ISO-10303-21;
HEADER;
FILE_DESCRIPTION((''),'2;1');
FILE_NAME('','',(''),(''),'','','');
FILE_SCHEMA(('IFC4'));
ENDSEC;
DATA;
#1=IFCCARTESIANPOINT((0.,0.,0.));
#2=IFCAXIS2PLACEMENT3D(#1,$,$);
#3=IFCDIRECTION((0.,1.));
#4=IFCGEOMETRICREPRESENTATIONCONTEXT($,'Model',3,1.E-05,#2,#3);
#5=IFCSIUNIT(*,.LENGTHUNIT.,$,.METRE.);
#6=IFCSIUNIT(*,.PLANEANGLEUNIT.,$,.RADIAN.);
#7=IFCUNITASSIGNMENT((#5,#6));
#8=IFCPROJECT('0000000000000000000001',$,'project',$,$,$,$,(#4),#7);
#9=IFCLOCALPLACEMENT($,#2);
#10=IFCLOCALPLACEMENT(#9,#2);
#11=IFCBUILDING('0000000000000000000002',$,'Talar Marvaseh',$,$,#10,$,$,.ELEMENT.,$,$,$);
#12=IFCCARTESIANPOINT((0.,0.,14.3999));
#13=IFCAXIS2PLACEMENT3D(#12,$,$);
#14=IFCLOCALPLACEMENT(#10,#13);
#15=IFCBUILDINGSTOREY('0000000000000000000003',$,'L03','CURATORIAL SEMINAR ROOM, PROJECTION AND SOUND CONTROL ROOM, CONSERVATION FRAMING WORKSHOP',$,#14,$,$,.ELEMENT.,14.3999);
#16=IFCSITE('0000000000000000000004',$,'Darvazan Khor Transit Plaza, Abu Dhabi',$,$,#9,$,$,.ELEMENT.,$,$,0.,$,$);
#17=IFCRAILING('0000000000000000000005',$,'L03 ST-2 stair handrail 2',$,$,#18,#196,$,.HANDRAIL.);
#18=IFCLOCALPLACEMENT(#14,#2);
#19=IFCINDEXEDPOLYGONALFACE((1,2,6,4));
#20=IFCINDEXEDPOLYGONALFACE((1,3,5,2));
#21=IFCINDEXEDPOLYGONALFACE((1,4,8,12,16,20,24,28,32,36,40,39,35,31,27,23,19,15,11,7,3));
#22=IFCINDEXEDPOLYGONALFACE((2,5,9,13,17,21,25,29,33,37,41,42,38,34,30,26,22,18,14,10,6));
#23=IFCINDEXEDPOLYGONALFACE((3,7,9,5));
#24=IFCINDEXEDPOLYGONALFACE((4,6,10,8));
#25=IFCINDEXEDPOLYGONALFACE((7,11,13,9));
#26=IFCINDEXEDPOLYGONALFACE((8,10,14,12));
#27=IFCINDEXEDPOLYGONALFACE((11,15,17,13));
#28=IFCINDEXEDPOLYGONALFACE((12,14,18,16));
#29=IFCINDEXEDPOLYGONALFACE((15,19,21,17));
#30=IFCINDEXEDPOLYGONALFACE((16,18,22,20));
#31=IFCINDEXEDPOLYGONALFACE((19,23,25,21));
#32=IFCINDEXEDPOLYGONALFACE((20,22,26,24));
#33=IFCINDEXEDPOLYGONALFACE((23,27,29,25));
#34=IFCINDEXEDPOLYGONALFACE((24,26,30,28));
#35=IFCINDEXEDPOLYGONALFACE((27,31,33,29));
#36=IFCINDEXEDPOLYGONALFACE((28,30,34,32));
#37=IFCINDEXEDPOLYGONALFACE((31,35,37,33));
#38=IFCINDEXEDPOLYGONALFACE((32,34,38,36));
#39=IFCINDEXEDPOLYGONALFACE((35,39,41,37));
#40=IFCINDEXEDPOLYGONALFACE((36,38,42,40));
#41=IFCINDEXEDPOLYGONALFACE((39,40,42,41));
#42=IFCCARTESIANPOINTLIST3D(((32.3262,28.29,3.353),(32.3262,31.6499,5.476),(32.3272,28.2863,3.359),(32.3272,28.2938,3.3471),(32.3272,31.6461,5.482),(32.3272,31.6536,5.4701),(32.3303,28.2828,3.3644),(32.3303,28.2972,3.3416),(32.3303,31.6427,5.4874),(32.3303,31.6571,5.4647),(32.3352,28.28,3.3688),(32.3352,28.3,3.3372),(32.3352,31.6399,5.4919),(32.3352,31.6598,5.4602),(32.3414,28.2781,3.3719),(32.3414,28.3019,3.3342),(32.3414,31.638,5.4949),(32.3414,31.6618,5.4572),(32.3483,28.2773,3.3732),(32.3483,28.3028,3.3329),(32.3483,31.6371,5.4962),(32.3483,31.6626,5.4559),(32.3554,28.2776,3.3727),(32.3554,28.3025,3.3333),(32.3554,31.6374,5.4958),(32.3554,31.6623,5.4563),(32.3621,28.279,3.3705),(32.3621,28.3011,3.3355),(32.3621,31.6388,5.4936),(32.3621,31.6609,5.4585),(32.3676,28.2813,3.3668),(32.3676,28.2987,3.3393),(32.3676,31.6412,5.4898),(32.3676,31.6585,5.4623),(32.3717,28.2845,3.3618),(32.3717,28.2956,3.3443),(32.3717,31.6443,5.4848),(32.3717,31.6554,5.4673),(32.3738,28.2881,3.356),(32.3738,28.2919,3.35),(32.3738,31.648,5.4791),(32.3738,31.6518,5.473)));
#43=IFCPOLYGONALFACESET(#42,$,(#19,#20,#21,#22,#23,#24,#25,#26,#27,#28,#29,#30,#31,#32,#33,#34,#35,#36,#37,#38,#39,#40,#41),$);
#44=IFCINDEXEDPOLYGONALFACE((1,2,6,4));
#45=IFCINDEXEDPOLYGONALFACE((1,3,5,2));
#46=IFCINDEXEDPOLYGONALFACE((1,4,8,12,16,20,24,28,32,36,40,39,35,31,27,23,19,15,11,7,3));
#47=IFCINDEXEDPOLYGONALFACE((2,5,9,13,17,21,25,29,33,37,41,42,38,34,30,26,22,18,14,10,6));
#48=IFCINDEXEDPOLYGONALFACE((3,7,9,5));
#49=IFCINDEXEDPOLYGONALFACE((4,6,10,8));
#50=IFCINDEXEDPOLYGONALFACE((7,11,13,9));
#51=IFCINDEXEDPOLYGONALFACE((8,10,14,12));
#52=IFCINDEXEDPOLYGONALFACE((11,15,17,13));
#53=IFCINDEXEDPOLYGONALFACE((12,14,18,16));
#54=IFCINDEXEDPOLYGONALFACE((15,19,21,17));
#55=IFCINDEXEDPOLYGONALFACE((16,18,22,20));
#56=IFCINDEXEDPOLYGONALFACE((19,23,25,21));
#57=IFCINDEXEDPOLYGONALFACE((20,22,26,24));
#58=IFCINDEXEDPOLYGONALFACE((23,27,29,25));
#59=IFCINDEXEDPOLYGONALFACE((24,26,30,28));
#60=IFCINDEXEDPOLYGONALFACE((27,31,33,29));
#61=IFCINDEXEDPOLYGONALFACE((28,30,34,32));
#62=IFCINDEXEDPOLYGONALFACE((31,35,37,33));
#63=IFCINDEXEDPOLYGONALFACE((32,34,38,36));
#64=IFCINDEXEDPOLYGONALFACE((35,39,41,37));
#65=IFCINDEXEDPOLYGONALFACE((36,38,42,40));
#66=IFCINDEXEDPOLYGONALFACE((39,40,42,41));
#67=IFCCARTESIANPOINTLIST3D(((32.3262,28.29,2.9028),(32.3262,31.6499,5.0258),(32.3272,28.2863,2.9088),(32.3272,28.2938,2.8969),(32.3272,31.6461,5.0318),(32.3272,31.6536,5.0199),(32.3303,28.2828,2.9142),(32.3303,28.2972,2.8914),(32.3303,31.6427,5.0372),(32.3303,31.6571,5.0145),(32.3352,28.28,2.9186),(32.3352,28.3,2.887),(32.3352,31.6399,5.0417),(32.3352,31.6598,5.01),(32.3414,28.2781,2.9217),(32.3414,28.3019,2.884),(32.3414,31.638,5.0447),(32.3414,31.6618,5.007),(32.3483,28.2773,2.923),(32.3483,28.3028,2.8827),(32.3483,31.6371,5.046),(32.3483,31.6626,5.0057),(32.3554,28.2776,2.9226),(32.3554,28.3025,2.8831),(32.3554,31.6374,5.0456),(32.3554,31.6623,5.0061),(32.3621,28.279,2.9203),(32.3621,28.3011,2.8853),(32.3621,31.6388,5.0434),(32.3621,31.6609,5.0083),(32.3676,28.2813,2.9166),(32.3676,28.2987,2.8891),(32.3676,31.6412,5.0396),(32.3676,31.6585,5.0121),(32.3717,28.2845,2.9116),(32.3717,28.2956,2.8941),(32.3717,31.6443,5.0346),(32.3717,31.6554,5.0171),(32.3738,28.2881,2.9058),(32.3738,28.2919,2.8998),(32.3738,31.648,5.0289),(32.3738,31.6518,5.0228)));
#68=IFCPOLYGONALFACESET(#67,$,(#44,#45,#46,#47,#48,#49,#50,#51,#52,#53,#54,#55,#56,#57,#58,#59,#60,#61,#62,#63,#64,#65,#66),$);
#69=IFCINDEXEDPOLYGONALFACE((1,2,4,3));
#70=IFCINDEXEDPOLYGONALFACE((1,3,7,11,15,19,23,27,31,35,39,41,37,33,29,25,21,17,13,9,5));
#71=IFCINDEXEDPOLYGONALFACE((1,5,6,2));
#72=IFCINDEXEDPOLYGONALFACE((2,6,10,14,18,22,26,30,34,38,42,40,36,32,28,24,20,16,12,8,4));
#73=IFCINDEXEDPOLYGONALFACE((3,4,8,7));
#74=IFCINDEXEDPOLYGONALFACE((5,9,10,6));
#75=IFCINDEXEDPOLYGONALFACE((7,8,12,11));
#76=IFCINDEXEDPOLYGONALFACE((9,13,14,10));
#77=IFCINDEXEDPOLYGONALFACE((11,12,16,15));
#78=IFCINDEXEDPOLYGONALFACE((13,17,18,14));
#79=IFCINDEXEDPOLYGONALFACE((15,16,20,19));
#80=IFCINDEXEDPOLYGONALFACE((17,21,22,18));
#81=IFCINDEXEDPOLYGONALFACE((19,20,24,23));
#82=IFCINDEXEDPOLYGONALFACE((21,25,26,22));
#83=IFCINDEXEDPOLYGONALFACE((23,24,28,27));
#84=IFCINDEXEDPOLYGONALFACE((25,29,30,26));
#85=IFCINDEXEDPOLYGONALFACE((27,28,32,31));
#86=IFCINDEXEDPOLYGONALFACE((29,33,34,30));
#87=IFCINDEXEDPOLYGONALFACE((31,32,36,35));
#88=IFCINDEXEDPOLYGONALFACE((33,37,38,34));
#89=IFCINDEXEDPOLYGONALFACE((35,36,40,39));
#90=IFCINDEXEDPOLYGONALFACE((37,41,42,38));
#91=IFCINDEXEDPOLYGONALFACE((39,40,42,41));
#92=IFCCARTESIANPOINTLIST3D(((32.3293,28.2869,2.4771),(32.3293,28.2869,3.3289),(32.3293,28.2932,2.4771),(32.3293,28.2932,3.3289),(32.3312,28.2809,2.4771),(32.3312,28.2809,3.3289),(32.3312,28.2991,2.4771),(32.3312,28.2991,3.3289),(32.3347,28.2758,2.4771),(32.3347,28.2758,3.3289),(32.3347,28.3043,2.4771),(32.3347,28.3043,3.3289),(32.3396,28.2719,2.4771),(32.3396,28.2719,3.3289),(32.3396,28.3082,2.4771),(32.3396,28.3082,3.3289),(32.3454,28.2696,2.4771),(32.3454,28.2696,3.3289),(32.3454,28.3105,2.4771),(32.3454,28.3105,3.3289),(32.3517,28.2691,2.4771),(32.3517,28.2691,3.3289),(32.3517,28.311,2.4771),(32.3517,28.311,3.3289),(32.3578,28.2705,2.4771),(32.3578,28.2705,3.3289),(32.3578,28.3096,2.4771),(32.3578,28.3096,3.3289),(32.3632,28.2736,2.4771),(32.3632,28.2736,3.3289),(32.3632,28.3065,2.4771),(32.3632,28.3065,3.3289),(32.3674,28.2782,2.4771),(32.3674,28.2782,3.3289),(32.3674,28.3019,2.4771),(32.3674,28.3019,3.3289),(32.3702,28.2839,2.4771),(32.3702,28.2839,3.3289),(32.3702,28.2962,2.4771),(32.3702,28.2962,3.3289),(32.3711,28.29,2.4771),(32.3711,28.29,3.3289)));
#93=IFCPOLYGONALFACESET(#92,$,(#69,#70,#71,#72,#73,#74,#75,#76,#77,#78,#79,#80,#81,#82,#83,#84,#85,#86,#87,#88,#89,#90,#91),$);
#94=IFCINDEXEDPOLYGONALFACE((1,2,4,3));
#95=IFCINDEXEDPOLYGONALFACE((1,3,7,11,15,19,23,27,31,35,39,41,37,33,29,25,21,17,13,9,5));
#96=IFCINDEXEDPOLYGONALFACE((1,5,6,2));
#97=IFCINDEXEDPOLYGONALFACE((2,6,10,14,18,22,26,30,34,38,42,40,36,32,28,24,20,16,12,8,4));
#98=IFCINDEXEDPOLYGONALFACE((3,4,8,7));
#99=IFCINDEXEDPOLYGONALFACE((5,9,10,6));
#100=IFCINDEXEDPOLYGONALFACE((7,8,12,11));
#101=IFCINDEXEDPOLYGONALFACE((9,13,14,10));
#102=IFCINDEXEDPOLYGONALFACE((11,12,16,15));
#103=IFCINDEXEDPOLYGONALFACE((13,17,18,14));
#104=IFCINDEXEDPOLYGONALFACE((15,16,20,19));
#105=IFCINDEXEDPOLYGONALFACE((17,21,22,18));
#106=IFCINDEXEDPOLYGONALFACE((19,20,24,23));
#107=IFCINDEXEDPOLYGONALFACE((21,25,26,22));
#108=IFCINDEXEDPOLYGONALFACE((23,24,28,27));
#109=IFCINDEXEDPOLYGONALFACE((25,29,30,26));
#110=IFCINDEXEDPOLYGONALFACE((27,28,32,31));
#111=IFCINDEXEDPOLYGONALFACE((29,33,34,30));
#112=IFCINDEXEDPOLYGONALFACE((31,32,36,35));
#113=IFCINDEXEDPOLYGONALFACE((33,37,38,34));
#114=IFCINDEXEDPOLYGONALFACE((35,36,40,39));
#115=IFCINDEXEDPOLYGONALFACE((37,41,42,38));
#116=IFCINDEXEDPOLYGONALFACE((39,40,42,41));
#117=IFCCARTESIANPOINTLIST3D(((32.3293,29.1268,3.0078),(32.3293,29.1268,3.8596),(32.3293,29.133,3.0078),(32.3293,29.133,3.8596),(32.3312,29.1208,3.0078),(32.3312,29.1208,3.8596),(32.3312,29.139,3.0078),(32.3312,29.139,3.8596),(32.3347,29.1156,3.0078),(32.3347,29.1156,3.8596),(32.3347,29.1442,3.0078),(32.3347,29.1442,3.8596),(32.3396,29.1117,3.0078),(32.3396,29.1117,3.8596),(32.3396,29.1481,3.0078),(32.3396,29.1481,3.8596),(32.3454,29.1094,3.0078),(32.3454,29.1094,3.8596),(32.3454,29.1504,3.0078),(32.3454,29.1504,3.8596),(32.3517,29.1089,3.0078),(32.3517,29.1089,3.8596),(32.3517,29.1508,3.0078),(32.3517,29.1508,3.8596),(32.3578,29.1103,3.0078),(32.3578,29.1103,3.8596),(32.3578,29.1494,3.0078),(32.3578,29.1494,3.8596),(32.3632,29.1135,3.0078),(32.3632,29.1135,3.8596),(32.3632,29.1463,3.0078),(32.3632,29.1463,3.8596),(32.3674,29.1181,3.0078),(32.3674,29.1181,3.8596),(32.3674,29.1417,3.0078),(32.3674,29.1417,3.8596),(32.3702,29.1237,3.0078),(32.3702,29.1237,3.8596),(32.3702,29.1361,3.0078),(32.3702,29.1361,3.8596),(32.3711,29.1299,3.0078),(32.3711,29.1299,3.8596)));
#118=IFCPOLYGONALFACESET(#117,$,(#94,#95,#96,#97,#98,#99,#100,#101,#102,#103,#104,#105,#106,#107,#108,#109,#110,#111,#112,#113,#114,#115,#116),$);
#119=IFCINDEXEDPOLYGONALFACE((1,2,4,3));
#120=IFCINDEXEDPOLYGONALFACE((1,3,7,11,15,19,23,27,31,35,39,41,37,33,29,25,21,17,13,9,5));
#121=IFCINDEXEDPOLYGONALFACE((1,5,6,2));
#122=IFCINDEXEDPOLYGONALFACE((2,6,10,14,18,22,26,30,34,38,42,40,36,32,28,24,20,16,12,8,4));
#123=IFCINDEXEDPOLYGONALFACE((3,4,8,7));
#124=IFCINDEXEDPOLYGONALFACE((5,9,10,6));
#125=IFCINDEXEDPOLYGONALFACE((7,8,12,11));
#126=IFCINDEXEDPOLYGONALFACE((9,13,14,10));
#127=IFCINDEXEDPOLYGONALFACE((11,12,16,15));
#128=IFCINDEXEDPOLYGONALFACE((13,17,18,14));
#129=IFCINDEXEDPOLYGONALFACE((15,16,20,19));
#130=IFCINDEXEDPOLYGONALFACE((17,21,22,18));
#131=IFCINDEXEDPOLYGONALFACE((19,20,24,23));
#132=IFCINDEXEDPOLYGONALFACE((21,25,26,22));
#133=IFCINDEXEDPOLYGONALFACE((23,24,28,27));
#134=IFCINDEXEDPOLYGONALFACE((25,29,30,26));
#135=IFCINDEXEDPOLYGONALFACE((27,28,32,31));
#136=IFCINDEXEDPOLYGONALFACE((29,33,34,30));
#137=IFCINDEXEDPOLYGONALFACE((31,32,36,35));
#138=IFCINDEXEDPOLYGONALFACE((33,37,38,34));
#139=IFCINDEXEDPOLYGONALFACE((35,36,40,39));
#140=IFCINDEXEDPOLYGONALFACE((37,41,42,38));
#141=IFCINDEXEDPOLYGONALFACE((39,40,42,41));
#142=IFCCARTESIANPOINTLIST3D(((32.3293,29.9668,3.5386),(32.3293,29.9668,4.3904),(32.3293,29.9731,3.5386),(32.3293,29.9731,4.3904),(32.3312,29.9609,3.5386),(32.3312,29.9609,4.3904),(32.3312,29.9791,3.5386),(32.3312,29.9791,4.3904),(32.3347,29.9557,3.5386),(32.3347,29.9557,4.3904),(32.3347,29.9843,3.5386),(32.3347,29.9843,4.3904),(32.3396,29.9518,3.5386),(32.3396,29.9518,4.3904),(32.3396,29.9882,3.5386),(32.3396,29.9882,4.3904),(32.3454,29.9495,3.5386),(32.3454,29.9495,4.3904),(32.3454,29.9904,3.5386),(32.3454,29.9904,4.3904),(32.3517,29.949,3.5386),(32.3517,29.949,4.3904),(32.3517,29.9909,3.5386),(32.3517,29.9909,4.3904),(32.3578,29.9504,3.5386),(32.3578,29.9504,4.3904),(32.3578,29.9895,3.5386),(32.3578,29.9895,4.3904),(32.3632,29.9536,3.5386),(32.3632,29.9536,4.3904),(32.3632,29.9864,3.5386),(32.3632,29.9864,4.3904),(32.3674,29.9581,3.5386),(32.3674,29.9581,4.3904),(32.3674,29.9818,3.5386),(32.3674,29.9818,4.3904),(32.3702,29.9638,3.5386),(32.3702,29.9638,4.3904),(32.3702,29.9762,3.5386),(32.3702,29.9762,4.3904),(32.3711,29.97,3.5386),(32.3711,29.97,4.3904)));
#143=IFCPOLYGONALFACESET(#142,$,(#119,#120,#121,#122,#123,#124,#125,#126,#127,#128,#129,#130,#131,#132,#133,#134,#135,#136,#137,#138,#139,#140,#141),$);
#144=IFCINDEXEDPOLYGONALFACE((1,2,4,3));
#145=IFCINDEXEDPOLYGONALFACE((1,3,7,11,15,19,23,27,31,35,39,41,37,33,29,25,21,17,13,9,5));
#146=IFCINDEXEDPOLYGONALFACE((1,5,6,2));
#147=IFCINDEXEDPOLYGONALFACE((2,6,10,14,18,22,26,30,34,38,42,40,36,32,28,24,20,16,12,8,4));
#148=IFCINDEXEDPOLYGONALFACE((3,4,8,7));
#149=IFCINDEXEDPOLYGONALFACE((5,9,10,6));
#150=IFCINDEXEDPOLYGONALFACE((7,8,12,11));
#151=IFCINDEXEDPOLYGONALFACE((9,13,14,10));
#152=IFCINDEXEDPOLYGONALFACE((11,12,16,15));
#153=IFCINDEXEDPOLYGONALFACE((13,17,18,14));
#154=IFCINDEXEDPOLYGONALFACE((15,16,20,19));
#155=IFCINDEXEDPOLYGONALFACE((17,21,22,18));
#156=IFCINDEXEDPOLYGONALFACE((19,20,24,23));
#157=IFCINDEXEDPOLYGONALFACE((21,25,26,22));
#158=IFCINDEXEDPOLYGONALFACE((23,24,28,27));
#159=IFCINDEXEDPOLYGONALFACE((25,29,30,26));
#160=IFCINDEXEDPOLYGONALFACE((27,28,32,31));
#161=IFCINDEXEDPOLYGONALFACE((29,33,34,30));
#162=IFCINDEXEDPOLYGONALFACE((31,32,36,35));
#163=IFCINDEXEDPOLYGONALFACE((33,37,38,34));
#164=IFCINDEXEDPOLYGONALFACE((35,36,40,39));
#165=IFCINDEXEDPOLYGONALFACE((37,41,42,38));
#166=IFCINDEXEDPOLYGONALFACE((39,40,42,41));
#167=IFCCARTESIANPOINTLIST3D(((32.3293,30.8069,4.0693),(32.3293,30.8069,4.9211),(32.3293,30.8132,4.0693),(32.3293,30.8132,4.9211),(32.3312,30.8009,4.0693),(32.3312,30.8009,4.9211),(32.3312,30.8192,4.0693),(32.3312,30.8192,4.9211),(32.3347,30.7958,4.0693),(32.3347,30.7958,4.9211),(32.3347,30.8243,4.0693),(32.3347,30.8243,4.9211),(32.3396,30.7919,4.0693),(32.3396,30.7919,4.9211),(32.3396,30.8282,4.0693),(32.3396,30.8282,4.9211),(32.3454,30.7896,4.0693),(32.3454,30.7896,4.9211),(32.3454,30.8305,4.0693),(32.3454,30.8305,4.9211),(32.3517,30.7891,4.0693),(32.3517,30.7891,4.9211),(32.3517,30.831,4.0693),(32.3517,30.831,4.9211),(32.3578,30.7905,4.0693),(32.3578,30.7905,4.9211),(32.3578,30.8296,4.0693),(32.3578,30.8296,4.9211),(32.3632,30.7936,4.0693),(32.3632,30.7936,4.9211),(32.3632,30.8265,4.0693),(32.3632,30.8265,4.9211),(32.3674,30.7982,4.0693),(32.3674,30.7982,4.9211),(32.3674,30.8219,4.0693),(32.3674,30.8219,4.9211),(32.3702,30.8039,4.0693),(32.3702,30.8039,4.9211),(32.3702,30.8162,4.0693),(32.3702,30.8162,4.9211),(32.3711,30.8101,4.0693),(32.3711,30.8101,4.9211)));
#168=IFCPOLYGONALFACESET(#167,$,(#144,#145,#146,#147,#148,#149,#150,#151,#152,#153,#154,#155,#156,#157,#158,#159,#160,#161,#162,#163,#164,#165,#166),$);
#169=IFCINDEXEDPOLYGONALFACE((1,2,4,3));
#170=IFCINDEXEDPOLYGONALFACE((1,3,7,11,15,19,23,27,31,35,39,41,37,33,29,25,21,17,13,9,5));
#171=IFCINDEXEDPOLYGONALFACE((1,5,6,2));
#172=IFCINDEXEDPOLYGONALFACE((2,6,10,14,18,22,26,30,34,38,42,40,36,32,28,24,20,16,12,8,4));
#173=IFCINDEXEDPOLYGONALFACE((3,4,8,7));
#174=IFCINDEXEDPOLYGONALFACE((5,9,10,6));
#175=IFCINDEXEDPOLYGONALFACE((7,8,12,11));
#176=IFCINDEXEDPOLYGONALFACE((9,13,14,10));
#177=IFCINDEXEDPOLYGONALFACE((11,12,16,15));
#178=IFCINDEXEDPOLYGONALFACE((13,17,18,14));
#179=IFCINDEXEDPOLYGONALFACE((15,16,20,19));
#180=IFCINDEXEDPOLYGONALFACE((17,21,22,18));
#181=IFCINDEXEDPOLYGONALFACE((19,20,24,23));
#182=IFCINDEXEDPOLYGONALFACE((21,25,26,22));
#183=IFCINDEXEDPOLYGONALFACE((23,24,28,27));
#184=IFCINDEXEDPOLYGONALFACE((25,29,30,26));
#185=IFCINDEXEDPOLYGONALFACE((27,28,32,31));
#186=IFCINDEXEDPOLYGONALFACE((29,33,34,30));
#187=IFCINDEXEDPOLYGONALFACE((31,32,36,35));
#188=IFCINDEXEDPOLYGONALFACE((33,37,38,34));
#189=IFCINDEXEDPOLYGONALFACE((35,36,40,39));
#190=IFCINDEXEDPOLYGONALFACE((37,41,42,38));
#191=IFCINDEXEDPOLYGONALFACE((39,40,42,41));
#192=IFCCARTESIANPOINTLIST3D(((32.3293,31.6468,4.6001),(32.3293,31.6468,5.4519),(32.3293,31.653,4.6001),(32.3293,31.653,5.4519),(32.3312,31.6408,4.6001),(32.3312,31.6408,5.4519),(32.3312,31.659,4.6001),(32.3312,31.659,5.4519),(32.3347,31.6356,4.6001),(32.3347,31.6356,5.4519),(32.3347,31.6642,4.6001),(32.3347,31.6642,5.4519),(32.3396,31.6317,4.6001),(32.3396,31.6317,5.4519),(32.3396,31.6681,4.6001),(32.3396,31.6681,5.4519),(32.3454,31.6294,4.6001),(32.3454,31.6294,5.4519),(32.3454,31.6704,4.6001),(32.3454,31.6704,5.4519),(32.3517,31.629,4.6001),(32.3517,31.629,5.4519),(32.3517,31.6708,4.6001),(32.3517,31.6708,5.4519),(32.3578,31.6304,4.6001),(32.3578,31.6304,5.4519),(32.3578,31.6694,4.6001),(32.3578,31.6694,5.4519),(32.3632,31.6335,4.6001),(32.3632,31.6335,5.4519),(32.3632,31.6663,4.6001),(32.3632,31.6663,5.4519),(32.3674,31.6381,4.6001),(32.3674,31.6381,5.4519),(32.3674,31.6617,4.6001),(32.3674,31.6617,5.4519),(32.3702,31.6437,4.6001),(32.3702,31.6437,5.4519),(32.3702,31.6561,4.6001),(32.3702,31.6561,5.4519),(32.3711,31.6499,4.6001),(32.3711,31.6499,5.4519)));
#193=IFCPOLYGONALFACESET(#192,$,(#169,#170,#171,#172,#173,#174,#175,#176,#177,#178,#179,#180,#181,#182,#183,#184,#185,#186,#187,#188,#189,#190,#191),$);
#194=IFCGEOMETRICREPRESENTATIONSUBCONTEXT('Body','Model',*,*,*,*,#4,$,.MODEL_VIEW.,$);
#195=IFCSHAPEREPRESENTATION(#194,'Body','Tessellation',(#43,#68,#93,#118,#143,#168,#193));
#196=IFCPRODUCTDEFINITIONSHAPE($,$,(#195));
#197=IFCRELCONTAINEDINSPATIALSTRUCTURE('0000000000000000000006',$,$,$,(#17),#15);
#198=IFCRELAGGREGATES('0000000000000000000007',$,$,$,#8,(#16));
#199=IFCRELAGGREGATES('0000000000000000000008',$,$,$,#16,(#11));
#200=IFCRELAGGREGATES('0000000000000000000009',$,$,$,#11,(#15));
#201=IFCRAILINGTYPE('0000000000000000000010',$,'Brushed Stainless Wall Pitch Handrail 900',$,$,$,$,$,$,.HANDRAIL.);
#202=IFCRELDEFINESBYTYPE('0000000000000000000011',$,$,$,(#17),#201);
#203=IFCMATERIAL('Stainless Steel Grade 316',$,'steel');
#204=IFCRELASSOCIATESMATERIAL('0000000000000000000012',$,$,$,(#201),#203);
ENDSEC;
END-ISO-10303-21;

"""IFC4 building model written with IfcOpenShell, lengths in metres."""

from ifc_helpers import new_model, si_unit, direction, frame, origin, origin_2d, place, context, subcontext, project, spatial, circle, extrude, material, type_object, element, save


model = new_model("IFC4")

# Units and contexts
model_context = context("Model", 3, precision=1e-05, world=origin(), true_north=direction((0.0, 1.0)))
body_context = subcontext(model_context, "Body", "Model", "MODEL_VIEW")
ifc_project = project(units=[si_unit("LENGTHUNIT", "METRE"), si_unit("PLANEANGLEUNIT", "RADIAN")], contexts=[model_context])

# Site, building, storey
site_placement = place(None, origin())
site = spatial("IfcSite", under=ifc_project, at=site_placement, Name="Darvazan Khor Transit Plaza, Abu Dhabi", CompositionType="ELEMENT", RefElevation=0.0)
building_placement = place(site_placement, origin())
building = spatial("IfcBuilding", under=site, at=building_placement, Name="Talar Marvaseh", CompositionType="ELEMENT")
storey_placement = place(building_placement, frame((0.0, 0.0, 14.3999)))
storey = spatial("IfcBuildingStorey", under=building, at=storey_placement, Name="L03", Description="CURATORIAL SEMINAR ROOM, PROJECTION AND SOUND CONTROL ROOM, CONSERVATION FRAMING WORKSHOP", CompositionType="ELEMENT", Elevation=14.3999)

# Shared definitions
ifc_material_1 = material(Name="Stainless Steel Grade 316", Category="steel")

# Railing
railing_type_1 = type_object("IfcRailingType", Name="Brushed Stainless Wall Pitch Handrail 900", PredefinedType="HANDRAIL", material=ifc_material_1)
railing_1_placement = place(storey_placement, frame((32.3501, 28.29, 2.4771)))
element("IfcRailing", 1, at=railing_1_placement, inside=storey, type_object=railing_type_1, Name="L03 ST-2 stair handrail 2", PredefinedType="HANDRAIL", context=body_context, shape_type="SweptSolid", body=[
    extrude(circle(Radius=0.0239, at=origin_2d()), frame((0.0, 0.0, 0.876), z_axis=(0.0, 0.845372, 0.534178), x_axis=(-1.0, 0.0, 0.0)), (0.0, 0.0, 1.0), 3.9744),
    extrude(circle(Radius=0.0239, at=origin_2d()), frame((0.0, 0.0, 0.4258), z_axis=(0.0, 0.845372, 0.534178), x_axis=(-1.0, 0.0, 0.0)), (0.0, 0.0, 1.0), 3.9744),
    extrude(circle(Radius=0.021, at=origin_2d()), origin(), (0.0, 0.0, 1.0), 0.8518),
    extrude(circle(Radius=0.021, at=origin_2d()), frame((0.0, 0.8398, 0.5308)), (0.0, 0.0, 1.0), 0.8518),
    extrude(circle(Radius=0.021, at=origin_2d()), frame((0.0, 1.6799, 1.0615)), (0.0, 0.0, 1.0), 0.8518),
    extrude(circle(Radius=0.021, at=origin_2d()), frame((0.0, 2.52, 1.5923)), (0.0, 0.0, 1.0), 0.8518),
    extrude(circle(Radius=0.021, at=origin_2d()), frame((0.0, 3.3599, 2.123)), (0.0, 0.0, 1.0), 0.8518),
])

save(model, "model.ifc")
